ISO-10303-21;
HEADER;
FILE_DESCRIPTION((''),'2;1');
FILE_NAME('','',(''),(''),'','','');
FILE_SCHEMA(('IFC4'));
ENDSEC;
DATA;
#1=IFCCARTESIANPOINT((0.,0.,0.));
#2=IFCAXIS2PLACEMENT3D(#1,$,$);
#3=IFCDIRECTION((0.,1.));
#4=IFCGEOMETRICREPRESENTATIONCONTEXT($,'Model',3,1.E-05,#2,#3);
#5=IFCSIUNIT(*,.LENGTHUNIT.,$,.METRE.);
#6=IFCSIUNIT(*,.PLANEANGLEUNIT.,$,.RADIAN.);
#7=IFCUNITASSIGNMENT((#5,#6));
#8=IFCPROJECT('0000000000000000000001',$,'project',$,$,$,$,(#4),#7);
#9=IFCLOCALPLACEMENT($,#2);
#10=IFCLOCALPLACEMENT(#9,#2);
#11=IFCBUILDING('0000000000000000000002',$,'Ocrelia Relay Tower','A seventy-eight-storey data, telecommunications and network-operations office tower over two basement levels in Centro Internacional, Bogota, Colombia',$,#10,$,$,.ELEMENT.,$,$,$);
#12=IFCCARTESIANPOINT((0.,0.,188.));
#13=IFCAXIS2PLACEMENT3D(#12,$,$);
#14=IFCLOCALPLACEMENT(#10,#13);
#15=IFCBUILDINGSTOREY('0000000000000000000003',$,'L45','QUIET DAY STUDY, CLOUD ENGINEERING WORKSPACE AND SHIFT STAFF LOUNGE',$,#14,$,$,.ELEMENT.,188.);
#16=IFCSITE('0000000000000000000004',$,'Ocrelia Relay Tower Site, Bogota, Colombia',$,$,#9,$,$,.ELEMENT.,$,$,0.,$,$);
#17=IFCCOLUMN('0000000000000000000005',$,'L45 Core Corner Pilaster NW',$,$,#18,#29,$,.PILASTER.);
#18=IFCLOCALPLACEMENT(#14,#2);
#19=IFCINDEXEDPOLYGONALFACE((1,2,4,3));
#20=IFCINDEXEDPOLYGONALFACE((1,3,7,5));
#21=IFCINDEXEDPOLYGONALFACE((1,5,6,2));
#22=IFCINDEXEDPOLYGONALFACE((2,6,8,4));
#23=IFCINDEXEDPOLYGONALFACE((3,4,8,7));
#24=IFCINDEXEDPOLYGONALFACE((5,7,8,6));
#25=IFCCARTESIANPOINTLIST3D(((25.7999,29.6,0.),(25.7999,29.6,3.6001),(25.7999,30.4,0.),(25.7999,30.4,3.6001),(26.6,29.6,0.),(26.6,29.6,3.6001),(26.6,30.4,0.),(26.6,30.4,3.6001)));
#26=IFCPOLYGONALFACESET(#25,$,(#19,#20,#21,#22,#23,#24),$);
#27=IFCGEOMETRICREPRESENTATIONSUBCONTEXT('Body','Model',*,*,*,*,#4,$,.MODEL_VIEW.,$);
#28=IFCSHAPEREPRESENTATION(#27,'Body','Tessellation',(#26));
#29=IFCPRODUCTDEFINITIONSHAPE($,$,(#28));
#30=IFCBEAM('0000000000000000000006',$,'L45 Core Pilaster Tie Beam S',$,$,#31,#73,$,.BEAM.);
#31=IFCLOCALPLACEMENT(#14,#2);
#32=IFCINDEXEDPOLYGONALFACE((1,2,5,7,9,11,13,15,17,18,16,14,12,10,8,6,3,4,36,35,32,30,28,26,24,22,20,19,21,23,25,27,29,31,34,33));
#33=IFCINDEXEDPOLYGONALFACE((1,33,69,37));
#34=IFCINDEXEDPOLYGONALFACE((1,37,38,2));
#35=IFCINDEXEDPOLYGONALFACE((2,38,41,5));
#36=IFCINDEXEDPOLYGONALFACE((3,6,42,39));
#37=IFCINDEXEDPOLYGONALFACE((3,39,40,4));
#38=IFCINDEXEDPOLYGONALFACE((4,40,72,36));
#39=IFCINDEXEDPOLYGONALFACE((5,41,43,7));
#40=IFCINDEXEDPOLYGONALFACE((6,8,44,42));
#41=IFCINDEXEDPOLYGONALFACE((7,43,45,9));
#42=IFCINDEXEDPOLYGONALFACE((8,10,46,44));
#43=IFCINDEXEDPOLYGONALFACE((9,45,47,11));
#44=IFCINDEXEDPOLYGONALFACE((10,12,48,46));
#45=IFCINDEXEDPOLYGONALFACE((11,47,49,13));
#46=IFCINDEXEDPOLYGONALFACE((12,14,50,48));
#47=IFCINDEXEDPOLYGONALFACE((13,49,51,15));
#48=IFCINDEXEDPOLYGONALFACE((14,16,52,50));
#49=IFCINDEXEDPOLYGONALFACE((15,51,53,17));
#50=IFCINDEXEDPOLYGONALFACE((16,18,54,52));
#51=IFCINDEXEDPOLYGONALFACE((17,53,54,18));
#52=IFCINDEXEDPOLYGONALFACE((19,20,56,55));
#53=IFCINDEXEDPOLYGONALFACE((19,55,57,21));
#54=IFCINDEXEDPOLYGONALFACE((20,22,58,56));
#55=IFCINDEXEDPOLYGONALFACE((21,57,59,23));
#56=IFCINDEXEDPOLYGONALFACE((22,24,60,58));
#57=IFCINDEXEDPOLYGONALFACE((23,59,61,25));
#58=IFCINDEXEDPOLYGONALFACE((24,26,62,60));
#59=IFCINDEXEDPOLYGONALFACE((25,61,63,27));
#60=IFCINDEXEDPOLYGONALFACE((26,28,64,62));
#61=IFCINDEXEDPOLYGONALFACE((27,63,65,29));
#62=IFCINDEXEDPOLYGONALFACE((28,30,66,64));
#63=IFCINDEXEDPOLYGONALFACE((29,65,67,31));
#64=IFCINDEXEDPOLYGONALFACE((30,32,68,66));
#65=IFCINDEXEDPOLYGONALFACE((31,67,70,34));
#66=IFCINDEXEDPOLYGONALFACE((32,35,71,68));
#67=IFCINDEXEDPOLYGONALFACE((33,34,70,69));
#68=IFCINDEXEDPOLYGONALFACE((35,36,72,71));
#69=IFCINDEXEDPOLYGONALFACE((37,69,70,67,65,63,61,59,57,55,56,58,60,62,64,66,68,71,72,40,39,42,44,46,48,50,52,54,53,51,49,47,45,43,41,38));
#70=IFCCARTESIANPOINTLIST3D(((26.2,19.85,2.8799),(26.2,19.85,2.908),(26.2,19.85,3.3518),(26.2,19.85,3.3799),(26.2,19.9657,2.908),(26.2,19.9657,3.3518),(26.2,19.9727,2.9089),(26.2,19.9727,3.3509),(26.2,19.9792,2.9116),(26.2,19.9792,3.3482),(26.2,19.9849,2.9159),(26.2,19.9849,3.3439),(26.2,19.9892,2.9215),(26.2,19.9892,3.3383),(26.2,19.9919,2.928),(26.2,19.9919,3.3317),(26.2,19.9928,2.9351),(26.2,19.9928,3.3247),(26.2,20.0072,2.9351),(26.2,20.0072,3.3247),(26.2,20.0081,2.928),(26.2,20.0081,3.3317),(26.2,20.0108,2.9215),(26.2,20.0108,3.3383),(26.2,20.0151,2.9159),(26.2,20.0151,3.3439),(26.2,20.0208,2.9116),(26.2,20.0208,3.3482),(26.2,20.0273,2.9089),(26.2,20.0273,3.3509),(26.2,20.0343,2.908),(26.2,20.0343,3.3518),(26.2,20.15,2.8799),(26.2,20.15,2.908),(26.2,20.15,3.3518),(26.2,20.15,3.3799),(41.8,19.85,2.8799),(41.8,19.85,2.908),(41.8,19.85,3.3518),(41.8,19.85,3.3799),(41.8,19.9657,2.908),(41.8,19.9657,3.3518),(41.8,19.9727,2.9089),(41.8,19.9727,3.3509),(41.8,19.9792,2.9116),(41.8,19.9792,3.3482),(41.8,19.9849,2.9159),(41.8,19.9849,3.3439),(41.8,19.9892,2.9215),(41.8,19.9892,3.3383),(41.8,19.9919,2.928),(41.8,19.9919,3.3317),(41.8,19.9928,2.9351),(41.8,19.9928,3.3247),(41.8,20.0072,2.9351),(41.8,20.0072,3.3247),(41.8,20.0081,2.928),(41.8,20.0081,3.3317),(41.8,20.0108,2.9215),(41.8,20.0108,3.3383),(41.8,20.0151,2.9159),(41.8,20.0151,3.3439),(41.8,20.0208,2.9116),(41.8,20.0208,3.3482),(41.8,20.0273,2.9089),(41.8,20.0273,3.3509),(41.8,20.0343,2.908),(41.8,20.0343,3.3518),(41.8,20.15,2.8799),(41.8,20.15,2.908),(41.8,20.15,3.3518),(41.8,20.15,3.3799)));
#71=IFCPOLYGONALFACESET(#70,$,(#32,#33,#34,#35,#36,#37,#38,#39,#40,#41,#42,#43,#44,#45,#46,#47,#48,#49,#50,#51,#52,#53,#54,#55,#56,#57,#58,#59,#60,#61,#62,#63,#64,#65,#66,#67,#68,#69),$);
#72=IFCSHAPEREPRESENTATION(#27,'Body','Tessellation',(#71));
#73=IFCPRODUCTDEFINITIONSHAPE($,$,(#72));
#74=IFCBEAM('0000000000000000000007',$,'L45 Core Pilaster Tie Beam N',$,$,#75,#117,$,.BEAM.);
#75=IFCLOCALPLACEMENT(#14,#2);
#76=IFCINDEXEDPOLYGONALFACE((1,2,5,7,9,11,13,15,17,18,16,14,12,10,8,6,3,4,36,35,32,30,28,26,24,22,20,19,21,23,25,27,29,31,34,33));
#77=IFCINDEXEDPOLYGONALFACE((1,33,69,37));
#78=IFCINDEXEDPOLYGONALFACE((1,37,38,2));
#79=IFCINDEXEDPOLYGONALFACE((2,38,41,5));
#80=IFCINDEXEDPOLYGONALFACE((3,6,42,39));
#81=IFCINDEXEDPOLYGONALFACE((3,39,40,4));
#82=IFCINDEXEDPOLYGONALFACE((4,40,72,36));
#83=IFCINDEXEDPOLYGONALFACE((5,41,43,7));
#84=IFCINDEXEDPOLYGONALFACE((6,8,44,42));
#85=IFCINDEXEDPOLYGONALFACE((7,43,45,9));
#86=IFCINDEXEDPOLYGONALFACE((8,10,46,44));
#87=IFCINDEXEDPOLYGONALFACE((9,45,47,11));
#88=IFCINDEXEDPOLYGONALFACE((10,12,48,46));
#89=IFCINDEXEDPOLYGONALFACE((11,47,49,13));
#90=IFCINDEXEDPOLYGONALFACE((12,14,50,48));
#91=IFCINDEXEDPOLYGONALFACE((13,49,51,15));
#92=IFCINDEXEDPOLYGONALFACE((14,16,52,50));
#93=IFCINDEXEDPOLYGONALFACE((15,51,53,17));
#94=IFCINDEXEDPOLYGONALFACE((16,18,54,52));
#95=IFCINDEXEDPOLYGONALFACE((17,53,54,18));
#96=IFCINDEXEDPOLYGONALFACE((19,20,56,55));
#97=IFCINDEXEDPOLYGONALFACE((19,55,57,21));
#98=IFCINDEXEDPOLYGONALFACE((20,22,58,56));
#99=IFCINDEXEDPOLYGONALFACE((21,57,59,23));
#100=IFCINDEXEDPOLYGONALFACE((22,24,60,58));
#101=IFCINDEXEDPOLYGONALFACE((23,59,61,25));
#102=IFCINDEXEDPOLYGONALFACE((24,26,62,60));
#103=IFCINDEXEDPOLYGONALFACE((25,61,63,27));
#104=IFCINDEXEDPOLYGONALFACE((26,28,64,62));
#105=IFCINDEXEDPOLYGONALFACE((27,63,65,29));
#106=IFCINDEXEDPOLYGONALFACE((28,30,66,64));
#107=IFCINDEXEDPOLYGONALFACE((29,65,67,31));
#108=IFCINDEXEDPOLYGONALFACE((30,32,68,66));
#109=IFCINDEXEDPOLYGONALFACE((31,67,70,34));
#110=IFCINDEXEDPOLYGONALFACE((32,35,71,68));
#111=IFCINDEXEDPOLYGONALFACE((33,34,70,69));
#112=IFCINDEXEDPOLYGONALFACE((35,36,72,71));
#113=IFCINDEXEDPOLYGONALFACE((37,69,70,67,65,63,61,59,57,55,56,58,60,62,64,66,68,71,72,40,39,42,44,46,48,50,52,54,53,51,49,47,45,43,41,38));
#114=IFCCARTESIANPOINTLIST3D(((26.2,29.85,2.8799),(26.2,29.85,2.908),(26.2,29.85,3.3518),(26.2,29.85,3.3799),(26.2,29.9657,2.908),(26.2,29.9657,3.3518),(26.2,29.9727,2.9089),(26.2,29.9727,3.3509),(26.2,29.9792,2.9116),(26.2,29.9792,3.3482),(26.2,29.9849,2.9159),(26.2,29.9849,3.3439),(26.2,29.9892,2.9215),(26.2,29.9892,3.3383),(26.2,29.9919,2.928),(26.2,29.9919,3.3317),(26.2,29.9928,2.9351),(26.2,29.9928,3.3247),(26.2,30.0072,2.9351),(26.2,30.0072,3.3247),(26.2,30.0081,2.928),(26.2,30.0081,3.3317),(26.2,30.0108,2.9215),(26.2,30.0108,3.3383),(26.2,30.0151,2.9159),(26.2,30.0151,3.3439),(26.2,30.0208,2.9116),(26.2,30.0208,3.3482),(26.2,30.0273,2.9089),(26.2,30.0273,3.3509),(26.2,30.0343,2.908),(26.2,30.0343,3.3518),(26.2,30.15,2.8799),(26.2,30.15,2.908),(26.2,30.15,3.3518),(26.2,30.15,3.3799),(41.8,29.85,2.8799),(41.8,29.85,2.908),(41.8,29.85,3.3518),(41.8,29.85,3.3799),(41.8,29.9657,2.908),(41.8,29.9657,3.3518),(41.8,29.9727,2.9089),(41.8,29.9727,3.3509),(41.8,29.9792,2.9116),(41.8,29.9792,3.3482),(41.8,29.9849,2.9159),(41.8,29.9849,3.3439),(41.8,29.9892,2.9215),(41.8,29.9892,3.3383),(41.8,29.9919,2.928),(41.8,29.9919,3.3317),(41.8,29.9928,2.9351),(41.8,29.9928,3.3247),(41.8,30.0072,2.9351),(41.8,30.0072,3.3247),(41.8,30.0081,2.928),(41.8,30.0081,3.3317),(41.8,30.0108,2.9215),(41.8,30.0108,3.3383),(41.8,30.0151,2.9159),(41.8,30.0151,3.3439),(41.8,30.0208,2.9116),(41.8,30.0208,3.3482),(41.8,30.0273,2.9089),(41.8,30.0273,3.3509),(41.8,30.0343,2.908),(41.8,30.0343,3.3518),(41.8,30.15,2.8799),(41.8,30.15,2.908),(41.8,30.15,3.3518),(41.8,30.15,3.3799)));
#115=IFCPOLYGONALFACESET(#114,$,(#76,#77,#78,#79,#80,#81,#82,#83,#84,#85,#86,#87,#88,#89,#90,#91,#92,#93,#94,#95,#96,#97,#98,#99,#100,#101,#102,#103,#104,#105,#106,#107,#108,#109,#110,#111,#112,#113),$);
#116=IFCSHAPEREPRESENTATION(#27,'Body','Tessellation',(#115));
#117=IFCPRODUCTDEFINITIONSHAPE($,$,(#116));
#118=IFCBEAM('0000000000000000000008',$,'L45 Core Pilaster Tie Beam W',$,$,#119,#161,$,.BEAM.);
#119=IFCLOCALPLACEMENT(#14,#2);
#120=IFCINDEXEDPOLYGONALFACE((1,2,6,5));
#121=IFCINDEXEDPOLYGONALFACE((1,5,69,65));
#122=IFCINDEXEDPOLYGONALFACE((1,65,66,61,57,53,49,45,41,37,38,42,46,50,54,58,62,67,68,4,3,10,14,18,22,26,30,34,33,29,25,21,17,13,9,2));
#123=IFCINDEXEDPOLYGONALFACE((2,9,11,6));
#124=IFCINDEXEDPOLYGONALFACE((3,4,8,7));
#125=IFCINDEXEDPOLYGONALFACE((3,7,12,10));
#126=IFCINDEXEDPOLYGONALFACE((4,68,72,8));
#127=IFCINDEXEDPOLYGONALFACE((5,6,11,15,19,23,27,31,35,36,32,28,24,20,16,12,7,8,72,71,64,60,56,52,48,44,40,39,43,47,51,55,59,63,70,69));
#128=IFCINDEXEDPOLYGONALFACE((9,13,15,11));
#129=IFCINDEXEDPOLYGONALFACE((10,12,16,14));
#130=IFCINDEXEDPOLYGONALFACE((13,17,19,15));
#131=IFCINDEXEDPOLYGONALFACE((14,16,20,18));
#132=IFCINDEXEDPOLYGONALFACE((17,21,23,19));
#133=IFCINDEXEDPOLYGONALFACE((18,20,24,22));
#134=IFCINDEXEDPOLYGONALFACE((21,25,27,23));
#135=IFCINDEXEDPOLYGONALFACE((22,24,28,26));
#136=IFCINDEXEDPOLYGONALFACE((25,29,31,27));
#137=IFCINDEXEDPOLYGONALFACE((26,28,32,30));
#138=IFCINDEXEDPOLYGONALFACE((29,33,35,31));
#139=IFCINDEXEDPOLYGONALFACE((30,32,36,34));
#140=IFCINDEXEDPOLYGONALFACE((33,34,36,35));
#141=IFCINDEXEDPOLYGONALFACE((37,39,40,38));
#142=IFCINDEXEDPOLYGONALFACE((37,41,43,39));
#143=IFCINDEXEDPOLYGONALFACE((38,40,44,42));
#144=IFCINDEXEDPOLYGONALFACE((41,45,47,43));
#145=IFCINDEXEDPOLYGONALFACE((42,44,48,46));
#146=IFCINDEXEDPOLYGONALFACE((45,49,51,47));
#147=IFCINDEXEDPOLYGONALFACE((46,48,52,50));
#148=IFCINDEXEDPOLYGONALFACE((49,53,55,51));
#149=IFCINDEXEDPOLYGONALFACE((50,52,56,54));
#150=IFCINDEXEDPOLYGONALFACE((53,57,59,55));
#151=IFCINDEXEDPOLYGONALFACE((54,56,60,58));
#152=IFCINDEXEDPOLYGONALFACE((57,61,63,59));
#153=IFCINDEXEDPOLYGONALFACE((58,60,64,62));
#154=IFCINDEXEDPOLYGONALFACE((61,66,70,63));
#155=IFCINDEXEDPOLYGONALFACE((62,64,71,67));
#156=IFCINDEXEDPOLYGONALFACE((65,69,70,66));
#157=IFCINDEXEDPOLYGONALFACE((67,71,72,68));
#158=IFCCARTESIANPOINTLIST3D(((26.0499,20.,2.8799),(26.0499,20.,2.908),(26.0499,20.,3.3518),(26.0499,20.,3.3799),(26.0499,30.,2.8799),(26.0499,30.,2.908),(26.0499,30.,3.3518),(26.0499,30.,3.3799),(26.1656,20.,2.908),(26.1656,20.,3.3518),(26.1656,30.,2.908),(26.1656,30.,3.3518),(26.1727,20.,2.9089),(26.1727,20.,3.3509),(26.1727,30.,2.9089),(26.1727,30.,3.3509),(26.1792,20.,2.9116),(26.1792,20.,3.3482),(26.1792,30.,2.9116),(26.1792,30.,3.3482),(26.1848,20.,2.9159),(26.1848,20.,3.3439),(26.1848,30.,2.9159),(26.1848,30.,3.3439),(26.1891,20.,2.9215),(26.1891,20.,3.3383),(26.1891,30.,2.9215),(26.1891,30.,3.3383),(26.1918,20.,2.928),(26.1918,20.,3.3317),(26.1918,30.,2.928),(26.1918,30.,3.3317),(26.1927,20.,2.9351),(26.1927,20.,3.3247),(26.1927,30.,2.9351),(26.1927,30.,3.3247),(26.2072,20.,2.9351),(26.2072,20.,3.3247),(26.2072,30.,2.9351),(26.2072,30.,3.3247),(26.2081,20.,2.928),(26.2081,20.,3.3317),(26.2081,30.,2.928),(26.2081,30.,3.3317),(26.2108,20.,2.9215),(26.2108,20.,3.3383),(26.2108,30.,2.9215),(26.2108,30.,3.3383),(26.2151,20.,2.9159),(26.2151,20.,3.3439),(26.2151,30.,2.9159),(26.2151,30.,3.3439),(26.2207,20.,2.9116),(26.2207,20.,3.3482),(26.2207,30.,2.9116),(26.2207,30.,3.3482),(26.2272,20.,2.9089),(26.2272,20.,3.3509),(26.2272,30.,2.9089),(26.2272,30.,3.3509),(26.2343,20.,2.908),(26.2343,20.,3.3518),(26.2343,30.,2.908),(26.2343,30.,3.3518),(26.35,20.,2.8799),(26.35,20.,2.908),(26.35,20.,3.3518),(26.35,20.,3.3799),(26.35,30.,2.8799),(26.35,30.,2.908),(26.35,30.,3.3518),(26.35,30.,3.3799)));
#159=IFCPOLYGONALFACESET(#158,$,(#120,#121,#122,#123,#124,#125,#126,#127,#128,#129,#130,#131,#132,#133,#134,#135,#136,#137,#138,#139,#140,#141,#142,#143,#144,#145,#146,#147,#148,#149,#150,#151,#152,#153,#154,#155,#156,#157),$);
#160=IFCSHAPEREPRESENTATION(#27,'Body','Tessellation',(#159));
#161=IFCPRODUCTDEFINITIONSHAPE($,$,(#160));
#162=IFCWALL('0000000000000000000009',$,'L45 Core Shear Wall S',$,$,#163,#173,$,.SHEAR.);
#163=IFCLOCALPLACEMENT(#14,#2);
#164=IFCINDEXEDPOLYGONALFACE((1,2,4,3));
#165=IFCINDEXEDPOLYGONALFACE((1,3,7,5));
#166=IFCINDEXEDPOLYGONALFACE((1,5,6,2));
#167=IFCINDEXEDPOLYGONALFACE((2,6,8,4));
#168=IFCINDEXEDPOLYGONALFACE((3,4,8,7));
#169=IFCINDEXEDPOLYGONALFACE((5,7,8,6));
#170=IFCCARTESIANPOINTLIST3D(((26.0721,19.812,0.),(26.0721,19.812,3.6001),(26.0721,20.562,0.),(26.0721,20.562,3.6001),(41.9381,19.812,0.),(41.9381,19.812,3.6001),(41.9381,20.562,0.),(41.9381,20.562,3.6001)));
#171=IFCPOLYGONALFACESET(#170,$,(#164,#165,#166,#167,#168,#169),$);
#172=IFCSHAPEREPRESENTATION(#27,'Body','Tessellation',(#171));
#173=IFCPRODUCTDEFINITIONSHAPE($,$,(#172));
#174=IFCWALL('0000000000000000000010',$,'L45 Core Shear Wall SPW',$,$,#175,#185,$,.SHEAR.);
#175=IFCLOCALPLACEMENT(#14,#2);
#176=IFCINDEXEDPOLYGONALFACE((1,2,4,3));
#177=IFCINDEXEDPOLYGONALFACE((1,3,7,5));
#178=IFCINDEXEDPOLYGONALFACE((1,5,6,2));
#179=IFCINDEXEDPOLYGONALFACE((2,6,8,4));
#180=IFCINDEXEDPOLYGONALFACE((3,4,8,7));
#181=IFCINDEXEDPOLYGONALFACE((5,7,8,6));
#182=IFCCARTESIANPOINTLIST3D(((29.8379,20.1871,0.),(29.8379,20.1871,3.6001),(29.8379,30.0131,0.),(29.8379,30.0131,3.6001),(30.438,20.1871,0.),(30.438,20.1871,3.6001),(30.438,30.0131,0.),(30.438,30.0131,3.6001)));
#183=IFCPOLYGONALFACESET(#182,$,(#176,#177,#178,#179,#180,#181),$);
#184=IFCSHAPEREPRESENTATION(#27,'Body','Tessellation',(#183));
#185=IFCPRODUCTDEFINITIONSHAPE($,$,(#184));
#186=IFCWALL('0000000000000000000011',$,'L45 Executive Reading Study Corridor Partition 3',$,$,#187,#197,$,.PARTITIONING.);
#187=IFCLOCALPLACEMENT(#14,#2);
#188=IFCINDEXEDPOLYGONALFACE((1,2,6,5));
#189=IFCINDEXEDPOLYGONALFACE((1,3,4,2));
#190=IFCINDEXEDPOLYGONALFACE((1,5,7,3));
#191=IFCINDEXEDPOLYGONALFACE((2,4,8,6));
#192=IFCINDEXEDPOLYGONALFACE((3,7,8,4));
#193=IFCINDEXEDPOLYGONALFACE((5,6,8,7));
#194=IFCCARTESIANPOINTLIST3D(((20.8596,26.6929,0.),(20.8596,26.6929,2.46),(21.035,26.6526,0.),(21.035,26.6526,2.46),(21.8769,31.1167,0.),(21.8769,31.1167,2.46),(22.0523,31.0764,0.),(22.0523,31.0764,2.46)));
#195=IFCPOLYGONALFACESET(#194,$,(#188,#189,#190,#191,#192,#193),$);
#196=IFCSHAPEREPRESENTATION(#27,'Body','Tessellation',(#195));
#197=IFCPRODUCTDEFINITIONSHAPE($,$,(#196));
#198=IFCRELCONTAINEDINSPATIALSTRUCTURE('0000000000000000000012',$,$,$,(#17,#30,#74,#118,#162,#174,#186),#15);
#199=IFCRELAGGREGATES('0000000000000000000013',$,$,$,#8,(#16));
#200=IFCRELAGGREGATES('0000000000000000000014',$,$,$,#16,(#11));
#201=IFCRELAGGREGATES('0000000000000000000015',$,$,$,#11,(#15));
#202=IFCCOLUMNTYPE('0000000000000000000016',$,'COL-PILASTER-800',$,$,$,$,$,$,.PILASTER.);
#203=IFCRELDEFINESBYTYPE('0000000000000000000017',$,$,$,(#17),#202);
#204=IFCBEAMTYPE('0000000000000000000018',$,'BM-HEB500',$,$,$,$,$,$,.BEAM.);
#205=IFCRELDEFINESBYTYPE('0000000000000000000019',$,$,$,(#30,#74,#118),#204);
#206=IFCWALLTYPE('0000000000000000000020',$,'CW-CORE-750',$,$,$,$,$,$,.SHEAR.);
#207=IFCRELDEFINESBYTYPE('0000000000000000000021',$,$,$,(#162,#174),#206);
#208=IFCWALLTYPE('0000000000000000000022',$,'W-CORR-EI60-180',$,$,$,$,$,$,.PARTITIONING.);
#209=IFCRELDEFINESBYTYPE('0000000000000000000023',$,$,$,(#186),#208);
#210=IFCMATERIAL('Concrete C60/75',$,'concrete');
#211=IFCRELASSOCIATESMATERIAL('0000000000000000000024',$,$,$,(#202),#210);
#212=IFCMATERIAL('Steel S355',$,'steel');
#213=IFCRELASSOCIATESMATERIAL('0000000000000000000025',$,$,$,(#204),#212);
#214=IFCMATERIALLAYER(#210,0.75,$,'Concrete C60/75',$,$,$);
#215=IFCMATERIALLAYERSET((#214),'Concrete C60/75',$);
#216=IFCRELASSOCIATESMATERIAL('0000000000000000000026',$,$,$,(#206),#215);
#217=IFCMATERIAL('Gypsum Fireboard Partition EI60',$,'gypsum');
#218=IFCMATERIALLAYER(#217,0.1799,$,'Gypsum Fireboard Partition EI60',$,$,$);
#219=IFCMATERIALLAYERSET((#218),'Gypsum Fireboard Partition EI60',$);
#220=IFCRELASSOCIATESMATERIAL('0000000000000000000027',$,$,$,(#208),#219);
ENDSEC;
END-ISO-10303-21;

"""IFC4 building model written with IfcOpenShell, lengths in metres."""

from ifc_helpers import new_model, si_unit, direction, frame, frame_2d, origin, origin_2d, place, context, subcontext, project, spatial, rectangle, i_section, extrude, material, layer, layer_set, material_profile, profile_set, type_object, element, save


model = new_model("IFC4")

# Units and contexts
model_context = context("Model", 3, precision=1e-05, world=origin(), true_north=direction((0.0, 1.0)))
body_context = subcontext(model_context, "Body", "Model", "MODEL_VIEW")
ifc_project = project(units=[si_unit("LENGTHUNIT", "METRE"), si_unit("PLANEANGLEUNIT", "RADIAN")], contexts=[model_context])

# Site, building, storey
site_placement = place(None, origin())
site = spatial("IfcSite", under=ifc_project, at=site_placement, Name="Ocrelia Relay Tower Site, Bogota, Colombia", CompositionType="ELEMENT", RefElevation=0.0)
building_placement = place(site_placement, origin())
building = spatial("IfcBuilding", under=site, at=building_placement, Name="Ocrelia Relay Tower", Description="A seventy-eight-storey data, telecommunications and network-operations office tower over two basement levels in Centro Internacional, Bogota, Colombia", CompositionType="ELEMENT")
storey_placement = place(building_placement, frame((0.0, 0.0, 188.0)))
storey = spatial("IfcBuildingStorey", under=building, at=storey_placement, Name="L45", Description="QUIET DAY STUDY, CLOUD ENGINEERING WORKSPACE AND SHIFT STAFF LOUNGE", CompositionType="ELEMENT", Elevation=188.0)

# Column
ifc_material_1 = material(Name="Concrete C60/75", Category="concrete")
ifc_material_profile_1 = material_profile(ifc_material_1, rectangle(XDim=0.8, YDim=0.8, at=origin_2d()), Name="RC-COL-800x800")
ifc_profile_set_1 = profile_set([ifc_material_profile_1], Name="Concrete C60/75")
column_type = type_object("IfcColumnType", Name="COL-PILASTER-800", PredefinedType="PILASTER", material=ifc_profile_set_1)
column_placement = place(storey_placement, frame((26.2, 30.0, 0.0), z_axis=(0.0, 0.0, 1.0), x_axis=(1.0, 0.0, 0.0)))
element("IfcColumn", 1, at=column_placement, inside=storey, type_object=column_type, Name="L45 Core Corner Pilaster NW", PredefinedType="PILASTER", context=body_context, shape_type="SweptSolid", body=[
    extrude(rectangle(XDim=0.8, YDim=0.8, at=origin_2d()), origin(), (0.0, 0.0, 1.0), 3.6001),
])

# Beams
ifc_material_2 = material(Name="Steel S355", Category="steel")
ifc_material_profile_2 = material_profile(ifc_material_2, i_section(OverallWidth=0.3, OverallDepth=0.5, WebThickness=0.0144, FlangeThickness=0.0281, FilletRadius=0.0271, at=origin_2d()), Name="HEB 500")
ifc_profile_set_2 = profile_set([ifc_material_profile_2], Name="Steel S355")
beam_type = type_object("IfcBeamType", Name="BM-HEB500", PredefinedType="BEAM", material=ifc_profile_set_2)
for number, where, z_axis, x_axis, name in (
    (2, (26.2, 20.0, 3.1299), (1.0, 0.0, 0.0), (0.0, 1.0, 0.0), "L45 Core Pilaster Tie Beam S"),
    (3, (26.2, 30.0, 3.1299), (1.0, 0.0, 0.0), (0.0, 1.0, 0.0), "L45 Core Pilaster Tie Beam N"),
):
    element("IfcBeam", number, at=place(storey_placement, frame(where, z_axis=z_axis, x_axis=x_axis)), inside=storey, type_object=beam_type, Name=name, PredefinedType="BEAM", context=body_context, shape_type="SweptSolid", body=[
        extrude(i_section(OverallWidth=0.3, OverallDepth=0.5, WebThickness=0.0144, FlangeThickness=0.0281, FilletRadius=0.0271, at=origin_2d()), origin(), (0.0, 0.0, 1.0), 15.6001),
    ])
beam_placement = place(storey_placement, frame((26.2, 20.0, 3.1299), z_axis=(0.0, 1.0, 0.0), x_axis=(-1.0, 0.0, 0.0)))
element("IfcBeam", 4, at=beam_placement, inside=storey, type_object=beam_type, Name="L45 Core Pilaster Tie Beam W", PredefinedType="BEAM", context=body_context, shape_type="SweptSolid", body=[
    extrude(i_section(OverallWidth=0.3, OverallDepth=0.5, WebThickness=0.0144, FlangeThickness=0.0281, FilletRadius=0.0271, at=origin_2d()), origin(), (0.0, 0.0, 1.0), 10.0),
])

# Wall
ifc_layer_1 = layer(ifc_material_1, 0.75, Name="Concrete C60/75")
ifc_layer_set_1 = layer_set([ifc_layer_1], Name="Concrete C60/75")
wall_type_1 = type_object("IfcWallType", Name="CW-CORE-750", PredefinedType="SHEAR", material=ifc_layer_set_1)
wall_1_placement = place(storey_placement, frame((26.072, 20.187, 0.0), z_axis=(0.0, 0.0, 1.0), x_axis=(1.0, 0.0, 0.0)))
element("IfcWall", 5, at=wall_1_placement, inside=storey, type_object=wall_type_1, Name="L45 Core Shear Wall S", PredefinedType="SHEAR", context=body_context, shape_type="SweptSolid", body=[
    extrude(rectangle(XDim=15.866, YDim=0.75, at=frame_2d((7.9331, 0.0))), origin(), (0.0, 0.0, 1.0), 3.6001),
])

# Wall
wall_2_placement = place(storey_placement, frame((30.1379, 20.187, 0.0), z_axis=(0.0, 0.0, 1.0), x_axis=(0.0, 1.0, 0.0)))
element("IfcWall", 6, at=wall_2_placement, inside=storey, type_object=wall_type_1, Name="L45 Core Shear Wall SPW", PredefinedType="SHEAR", context=body_context, shape_type="SweptSolid", body=[
    extrude(rectangle(XDim=9.8259, YDim=0.6001, at=frame_2d((4.9131, 0.0))), origin(), (0.0, 0.0, 1.0), 3.6001),
])

# Shared definitions
ifc_material_3 = material(Name="Gypsum Fireboard Partition EI60", Category="gypsum")
ifc_layer_2 = layer(ifc_material_3, 0.1799, Name="Gypsum Fireboard Partition EI60")
ifc_layer_set_2 = layer_set([ifc_layer_2], Name="Gypsum Fireboard Partition EI60")
wall_type_2 = type_object("IfcWallType", Name="W-CORR-EI60-180", PredefinedType="PARTITIONING", material=ifc_layer_set_2)

# Wall
wall_3_placement = place(storey_placement, frame((21.9646, 31.0964, 0.0), z_axis=(0.0, 0.0, 1.0), x_axis=(-0.224117, -0.974562, 0.0)))
element("IfcWall", 7, at=wall_3_placement, inside=storey, type_object=wall_type_2, Name="L45 Executive Reading Study Corridor Partition 3", PredefinedType="PARTITIONING", context=body_context, shape_type="SweptSolid", body=[
    extrude(rectangle(XDim=4.5393, YDim=0.1799, at=frame_2d((2.2695, 0.0))), origin(), (0.0, 0.0, 1.0), 2.46),
])

save(model, "model.ifc")
